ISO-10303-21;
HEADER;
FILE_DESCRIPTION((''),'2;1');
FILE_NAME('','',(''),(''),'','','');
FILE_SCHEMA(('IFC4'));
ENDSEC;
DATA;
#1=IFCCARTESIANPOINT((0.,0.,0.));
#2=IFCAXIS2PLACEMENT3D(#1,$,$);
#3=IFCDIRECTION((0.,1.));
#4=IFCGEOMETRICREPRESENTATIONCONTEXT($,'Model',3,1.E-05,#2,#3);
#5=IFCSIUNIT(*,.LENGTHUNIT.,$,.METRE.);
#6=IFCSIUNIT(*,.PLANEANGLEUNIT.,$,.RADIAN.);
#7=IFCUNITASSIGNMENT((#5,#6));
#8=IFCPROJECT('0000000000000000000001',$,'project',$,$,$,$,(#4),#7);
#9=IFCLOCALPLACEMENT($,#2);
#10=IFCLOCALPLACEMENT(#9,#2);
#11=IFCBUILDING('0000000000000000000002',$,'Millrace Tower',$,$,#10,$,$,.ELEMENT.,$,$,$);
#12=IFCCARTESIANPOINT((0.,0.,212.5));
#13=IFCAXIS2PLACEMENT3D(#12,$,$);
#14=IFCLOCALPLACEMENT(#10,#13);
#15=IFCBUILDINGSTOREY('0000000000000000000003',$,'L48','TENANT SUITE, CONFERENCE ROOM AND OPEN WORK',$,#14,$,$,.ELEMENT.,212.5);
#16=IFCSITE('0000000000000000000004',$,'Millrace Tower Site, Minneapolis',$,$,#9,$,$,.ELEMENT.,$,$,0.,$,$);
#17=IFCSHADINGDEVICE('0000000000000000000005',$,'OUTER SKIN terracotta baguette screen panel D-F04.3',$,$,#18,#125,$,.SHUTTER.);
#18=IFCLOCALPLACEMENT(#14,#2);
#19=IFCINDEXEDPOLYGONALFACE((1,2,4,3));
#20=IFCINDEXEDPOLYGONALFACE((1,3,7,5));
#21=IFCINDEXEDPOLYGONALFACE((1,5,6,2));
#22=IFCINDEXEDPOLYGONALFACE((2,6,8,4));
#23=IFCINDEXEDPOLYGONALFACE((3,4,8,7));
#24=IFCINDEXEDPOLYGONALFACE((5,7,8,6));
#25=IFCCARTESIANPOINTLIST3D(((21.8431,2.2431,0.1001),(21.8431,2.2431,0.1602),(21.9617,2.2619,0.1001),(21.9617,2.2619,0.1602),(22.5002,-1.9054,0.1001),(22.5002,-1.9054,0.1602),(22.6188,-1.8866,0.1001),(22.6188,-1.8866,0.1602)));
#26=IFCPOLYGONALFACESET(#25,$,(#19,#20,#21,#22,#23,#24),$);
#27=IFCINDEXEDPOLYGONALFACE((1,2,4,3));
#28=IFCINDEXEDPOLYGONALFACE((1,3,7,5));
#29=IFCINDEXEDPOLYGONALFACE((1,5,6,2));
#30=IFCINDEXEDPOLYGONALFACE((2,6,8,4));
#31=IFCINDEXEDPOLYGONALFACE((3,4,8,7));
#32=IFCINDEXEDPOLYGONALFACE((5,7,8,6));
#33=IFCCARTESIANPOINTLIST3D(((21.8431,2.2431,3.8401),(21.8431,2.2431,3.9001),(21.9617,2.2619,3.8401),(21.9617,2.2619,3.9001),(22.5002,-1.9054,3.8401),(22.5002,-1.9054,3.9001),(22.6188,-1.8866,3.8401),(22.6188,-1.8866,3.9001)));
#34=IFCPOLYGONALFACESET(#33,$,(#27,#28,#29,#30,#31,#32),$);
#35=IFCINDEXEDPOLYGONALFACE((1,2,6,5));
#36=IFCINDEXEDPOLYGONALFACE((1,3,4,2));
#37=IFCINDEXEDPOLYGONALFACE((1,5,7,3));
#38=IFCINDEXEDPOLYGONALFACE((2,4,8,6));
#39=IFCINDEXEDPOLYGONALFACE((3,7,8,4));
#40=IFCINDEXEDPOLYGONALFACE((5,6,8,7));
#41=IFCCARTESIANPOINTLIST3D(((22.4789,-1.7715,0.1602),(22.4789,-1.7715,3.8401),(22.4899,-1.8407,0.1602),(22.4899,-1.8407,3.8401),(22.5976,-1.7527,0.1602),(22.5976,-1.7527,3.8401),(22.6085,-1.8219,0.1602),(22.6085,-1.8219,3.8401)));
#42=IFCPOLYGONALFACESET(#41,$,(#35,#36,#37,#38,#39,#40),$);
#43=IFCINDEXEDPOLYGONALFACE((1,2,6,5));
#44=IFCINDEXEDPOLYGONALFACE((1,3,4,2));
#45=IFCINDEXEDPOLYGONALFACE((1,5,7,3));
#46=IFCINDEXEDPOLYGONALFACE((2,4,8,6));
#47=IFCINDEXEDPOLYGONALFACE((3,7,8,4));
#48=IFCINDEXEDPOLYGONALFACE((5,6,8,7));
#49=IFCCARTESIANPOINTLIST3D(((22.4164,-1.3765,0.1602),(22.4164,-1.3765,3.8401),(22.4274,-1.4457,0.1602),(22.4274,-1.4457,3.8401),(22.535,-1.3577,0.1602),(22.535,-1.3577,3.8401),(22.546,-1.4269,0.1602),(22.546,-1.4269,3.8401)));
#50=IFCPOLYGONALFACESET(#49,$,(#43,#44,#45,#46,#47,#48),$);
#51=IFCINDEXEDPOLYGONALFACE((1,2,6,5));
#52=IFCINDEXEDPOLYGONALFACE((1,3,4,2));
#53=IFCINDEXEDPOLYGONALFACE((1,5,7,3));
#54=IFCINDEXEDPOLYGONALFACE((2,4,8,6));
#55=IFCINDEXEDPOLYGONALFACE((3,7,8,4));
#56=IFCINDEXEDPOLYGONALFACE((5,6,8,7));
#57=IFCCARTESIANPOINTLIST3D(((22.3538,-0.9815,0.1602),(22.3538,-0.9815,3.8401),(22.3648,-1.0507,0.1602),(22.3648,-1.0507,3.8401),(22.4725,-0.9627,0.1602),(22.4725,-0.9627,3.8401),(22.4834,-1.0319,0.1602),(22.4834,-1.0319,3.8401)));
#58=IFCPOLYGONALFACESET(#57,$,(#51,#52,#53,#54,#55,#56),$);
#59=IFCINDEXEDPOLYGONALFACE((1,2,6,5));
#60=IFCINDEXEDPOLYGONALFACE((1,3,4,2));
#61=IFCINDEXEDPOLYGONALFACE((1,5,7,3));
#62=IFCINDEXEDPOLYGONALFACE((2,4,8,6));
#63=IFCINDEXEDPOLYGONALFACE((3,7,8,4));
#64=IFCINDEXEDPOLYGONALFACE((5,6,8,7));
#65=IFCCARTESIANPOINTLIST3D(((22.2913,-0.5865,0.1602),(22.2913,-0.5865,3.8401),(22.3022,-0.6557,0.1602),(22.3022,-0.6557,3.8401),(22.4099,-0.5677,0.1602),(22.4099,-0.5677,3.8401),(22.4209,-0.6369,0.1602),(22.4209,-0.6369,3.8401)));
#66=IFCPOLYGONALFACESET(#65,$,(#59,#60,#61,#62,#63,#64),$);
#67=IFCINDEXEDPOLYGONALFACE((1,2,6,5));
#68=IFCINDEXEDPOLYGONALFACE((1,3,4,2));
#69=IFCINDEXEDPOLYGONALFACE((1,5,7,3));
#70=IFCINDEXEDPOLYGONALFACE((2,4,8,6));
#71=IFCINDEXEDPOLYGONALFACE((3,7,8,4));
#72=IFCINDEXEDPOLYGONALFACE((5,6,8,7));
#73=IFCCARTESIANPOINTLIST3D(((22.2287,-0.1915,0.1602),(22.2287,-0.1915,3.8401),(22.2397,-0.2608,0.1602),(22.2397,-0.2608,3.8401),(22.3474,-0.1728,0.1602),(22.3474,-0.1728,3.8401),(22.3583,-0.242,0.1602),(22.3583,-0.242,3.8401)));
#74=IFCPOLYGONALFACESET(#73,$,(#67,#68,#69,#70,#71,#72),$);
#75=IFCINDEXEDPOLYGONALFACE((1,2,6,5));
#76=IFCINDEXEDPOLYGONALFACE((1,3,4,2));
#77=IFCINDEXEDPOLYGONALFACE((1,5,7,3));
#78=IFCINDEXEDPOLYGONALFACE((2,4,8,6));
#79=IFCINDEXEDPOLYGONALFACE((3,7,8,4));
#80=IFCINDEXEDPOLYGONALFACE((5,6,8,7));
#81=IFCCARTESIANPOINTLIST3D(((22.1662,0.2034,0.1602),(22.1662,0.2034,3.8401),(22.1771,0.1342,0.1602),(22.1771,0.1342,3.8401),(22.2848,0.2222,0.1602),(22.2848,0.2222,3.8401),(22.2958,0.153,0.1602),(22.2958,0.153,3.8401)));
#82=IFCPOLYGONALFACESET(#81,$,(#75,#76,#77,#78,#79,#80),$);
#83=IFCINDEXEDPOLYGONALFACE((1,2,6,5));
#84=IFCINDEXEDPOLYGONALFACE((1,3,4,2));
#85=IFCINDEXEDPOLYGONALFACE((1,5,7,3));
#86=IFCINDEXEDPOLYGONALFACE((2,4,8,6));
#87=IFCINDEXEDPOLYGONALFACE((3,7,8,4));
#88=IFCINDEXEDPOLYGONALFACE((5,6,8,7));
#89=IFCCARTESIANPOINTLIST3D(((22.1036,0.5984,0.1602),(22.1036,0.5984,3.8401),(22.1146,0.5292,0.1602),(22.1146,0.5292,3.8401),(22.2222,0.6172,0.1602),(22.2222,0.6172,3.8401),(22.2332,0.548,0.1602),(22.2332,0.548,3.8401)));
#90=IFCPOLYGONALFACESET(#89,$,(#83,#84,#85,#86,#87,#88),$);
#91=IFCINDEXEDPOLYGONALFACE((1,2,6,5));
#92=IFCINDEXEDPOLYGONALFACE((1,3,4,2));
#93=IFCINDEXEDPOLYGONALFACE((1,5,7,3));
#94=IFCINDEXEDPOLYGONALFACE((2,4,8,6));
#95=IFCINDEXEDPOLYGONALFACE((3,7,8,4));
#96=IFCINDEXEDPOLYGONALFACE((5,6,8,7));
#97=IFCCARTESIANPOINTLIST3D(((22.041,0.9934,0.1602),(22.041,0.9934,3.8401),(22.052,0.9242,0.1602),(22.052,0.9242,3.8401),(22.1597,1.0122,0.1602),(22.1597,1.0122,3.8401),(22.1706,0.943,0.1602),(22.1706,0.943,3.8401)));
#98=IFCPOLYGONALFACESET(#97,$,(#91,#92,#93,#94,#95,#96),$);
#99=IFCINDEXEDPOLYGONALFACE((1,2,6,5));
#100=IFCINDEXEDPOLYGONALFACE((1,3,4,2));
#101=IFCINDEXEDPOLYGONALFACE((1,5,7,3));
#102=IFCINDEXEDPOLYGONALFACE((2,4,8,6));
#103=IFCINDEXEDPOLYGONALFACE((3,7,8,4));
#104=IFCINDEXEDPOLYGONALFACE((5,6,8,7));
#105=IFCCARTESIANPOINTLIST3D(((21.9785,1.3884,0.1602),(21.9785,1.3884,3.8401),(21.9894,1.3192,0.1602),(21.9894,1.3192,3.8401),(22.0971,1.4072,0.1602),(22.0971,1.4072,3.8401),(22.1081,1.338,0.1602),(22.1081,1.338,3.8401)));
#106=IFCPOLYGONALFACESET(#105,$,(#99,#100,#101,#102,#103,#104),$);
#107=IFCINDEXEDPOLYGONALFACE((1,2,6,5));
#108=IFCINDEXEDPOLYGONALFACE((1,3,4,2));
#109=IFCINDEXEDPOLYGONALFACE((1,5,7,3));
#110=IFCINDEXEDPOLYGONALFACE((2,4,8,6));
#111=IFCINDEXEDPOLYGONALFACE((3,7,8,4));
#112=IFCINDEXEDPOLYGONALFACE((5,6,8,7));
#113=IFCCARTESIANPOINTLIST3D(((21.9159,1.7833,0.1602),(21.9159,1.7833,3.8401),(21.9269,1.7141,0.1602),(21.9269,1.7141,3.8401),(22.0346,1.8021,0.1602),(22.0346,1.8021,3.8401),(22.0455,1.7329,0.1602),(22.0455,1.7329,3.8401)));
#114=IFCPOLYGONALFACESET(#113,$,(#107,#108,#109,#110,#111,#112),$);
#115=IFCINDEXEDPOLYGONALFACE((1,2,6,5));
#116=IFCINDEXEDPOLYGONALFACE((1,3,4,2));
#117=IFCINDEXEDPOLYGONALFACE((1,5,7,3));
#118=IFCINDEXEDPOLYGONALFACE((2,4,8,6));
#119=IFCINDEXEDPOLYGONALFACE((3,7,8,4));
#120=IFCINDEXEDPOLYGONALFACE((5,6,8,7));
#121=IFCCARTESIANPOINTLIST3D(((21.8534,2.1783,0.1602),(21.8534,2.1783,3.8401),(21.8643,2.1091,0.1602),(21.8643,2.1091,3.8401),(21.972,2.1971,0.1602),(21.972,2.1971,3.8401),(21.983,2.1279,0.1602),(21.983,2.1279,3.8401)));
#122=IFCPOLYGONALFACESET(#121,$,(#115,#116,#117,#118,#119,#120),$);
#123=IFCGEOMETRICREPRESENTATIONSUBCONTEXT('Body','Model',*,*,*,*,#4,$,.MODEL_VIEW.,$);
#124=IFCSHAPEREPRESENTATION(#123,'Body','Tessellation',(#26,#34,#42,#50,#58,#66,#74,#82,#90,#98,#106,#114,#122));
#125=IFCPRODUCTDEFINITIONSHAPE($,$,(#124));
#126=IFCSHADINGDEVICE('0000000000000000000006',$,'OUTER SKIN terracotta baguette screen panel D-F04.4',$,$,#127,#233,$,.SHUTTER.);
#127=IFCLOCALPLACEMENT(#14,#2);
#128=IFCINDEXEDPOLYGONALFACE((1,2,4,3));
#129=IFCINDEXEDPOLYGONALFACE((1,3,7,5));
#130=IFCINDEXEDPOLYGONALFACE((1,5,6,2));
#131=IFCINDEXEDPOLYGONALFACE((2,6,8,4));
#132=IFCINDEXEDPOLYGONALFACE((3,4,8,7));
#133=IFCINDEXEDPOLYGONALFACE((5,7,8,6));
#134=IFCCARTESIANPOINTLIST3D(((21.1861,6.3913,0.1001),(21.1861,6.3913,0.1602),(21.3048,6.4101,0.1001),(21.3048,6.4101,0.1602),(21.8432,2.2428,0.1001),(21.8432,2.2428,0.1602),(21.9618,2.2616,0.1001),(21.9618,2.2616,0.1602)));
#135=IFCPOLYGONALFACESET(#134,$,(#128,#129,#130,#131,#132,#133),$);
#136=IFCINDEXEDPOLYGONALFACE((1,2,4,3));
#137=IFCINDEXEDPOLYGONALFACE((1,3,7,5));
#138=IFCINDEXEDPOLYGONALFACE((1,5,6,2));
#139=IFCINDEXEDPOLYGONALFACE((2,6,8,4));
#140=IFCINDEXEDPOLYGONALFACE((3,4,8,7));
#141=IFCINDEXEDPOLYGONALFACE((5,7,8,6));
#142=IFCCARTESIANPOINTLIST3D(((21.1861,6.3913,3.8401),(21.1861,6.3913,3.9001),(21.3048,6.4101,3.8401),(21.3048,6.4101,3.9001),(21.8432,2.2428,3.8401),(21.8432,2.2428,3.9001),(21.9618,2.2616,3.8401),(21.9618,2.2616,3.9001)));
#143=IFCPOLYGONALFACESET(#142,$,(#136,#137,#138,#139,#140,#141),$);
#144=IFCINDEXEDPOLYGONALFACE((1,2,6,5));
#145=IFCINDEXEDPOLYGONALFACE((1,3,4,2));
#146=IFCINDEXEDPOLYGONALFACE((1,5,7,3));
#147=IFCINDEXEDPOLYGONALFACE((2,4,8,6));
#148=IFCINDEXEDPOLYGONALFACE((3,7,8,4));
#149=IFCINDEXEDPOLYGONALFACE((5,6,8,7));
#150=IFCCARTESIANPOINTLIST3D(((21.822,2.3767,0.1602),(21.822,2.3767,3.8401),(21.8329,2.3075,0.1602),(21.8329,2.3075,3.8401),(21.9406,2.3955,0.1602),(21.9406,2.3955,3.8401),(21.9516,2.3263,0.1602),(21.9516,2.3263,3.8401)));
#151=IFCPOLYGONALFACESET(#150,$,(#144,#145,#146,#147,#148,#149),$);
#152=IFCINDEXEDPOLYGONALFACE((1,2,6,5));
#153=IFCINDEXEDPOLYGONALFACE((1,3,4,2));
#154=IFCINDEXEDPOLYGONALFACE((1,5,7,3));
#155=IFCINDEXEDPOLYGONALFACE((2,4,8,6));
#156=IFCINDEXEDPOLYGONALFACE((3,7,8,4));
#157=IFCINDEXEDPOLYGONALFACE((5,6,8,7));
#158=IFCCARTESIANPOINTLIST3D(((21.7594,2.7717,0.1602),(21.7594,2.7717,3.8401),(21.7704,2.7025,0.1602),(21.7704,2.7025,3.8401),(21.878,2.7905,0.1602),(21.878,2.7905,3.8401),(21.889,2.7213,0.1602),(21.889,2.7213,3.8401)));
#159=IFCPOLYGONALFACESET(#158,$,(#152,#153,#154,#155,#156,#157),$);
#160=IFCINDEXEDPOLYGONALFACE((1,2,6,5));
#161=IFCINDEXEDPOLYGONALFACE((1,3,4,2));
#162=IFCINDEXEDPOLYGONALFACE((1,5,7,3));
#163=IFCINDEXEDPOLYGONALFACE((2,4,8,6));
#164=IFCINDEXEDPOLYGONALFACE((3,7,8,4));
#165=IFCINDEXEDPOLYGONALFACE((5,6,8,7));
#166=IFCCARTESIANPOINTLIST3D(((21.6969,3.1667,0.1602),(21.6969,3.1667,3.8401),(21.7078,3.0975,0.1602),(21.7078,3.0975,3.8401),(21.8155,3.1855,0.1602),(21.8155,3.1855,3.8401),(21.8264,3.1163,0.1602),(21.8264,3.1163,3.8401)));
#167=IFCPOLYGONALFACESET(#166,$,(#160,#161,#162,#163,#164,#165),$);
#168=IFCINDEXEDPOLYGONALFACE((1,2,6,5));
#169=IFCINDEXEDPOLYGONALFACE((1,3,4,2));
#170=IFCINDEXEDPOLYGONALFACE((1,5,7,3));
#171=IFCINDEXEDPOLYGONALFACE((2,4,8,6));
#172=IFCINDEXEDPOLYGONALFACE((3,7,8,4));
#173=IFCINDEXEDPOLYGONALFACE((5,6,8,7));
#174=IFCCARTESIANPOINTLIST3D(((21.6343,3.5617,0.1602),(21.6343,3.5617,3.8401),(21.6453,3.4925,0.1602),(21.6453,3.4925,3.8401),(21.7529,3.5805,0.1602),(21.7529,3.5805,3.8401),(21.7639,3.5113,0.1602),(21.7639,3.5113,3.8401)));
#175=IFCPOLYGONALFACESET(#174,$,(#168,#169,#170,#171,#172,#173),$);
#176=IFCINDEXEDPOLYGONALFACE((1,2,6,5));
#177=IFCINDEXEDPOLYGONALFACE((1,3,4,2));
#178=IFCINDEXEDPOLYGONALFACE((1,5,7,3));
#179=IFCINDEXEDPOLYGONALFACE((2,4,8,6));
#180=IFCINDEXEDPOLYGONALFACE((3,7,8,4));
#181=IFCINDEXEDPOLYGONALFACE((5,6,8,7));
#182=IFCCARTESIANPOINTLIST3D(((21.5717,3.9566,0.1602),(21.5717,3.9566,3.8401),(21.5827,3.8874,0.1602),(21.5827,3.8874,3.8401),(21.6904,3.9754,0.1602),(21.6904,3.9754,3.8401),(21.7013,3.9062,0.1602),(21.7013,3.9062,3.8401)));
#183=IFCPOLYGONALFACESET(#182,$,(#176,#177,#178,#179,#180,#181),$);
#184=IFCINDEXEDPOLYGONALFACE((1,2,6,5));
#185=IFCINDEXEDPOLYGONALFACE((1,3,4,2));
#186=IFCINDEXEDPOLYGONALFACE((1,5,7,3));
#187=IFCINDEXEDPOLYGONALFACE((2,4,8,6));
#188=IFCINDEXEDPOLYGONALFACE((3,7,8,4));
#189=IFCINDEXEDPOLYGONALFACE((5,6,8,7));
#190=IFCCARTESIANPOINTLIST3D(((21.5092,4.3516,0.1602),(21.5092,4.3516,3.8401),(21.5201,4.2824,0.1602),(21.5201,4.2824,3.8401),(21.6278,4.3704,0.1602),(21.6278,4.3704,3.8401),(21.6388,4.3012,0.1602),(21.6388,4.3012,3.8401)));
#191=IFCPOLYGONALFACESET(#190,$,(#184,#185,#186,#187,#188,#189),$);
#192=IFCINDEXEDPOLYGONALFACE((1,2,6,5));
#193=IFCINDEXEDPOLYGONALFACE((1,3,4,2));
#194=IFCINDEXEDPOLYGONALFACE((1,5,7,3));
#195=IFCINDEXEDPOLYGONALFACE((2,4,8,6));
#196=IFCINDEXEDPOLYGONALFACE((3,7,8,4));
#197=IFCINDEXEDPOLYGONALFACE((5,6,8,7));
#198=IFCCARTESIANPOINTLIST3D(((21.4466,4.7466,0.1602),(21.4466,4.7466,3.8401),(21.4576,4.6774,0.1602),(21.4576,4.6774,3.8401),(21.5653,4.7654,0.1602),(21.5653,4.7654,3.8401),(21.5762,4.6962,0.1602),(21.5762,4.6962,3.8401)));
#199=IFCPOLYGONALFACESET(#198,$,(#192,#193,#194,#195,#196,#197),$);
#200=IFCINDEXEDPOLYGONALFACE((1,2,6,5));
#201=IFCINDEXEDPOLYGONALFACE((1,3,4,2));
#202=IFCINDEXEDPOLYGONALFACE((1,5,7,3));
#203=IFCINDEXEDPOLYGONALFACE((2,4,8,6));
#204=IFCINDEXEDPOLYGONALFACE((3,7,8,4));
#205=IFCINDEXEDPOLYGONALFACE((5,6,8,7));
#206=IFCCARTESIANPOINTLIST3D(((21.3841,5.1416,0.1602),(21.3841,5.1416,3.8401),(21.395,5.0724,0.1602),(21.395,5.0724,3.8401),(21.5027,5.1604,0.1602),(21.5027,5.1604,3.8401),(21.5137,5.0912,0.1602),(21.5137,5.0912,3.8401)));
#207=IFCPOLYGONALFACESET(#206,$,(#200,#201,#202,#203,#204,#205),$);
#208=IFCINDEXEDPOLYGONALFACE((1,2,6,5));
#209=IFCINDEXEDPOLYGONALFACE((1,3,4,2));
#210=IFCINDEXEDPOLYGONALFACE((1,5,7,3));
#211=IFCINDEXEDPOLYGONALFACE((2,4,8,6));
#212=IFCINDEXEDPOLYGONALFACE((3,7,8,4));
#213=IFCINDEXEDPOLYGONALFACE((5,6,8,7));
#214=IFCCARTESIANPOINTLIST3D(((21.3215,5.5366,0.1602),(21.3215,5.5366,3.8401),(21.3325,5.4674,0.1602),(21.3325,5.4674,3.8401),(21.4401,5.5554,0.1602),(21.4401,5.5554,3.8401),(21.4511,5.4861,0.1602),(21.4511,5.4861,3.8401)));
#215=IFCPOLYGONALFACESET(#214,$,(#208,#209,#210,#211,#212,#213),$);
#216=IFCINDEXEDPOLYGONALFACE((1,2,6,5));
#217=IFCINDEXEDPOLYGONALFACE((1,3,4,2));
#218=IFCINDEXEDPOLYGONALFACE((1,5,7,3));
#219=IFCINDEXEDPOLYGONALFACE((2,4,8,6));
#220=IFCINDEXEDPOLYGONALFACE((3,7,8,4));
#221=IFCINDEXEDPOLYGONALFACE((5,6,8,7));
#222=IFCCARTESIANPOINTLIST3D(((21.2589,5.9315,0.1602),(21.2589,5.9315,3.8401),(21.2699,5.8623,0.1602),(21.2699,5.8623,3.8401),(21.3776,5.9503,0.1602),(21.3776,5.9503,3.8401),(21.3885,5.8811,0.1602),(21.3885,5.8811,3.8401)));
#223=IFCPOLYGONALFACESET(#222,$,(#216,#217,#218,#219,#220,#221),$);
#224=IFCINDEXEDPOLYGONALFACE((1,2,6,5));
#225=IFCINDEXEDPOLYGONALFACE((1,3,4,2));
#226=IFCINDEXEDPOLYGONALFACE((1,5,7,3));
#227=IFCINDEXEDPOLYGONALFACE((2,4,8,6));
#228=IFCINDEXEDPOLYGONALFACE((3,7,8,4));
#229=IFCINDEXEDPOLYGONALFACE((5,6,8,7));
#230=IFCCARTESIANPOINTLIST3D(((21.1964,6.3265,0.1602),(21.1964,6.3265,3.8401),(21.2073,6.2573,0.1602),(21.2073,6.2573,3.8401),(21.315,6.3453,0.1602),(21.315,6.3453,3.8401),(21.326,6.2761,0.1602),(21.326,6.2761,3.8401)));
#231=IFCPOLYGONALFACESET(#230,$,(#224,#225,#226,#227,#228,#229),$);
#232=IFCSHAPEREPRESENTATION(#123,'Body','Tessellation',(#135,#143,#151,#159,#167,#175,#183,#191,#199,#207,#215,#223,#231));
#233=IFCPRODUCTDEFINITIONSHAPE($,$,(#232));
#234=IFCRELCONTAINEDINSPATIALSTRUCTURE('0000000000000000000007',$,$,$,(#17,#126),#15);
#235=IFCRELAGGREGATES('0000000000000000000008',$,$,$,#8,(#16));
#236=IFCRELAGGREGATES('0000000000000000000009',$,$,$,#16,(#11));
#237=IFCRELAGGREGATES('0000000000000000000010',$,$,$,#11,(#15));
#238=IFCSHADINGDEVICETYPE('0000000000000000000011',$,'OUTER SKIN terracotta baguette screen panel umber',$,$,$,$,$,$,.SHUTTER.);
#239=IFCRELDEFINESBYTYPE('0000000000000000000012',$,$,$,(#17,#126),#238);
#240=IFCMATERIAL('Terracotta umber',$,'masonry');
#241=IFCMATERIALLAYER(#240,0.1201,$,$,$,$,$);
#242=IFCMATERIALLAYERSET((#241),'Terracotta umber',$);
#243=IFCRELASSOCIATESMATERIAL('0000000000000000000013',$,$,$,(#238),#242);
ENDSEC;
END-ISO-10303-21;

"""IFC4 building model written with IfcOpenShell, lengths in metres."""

from ifc_helpers import new_model, entity, si_unit, direction, frame, frame_2d, origin, origin_2d, place, context, subcontext, project, spatial, rectangle, extrude, source, transform, mapped, material, layer, layer_set, type_object, element, save


model = new_model("IFC4")

# Units and contexts
model_context = context("Model", 3, precision=1e-05, world=origin(), true_north=direction((0.0, 1.0)))
body_context = subcontext(model_context, "Body", "Model", "MODEL_VIEW")
ifc_project = project(units=[si_unit("LENGTHUNIT", "METRE"), si_unit("PLANEANGLEUNIT", "RADIAN")], contexts=[model_context])

# Site, building, storey
site_placement = place(None, origin())
site = spatial("IfcSite", under=ifc_project, at=site_placement, Name="Millrace Tower Site, Minneapolis", CompositionType="ELEMENT", RefElevation=0.0)
building_placement = place(site_placement, origin())
building = spatial("IfcBuilding", under=site, at=building_placement, Name="Millrace Tower", CompositionType="ELEMENT")
storey_placement = place(building_placement, frame((0.0, 0.0, 212.5)))
storey = spatial("IfcBuildingStorey", under=building, at=storey_placement, Name="L48", Description="TENANT SUITE, CONFERENCE ROOM AND OPEN WORK", CompositionType="ELEMENT", Elevation=212.5)

# Shading devices
ifc_material_1 = material(Name="Terracotta umber", Category="masonry")
ifc_layer_1 = layer(ifc_material_1, 0.1201)
ifc_layer_set_1 = layer_set([ifc_layer_1], Name="Terracotta umber")
shading_device_type = type_object("IfcShadingDeviceType", Name="OUTER SKIN terracotta baguette screen panel umber", PredefinedType="SHUTTER", material=ifc_layer_set_1)
cartesian_point = entity("IfcCartesianPoint", [-2.1001, 0.0601])
shared_polyline = entity("IfcPolyline", [cartesian_point, entity("IfcCartesianPoint", [2.1001, 0.0601]), entity("IfcCartesianPoint", [2.1001, -0.0601]), entity("IfcCartesianPoint", [-2.1001, -0.0601]), cartesian_point])
shared_shape = source(origin(), body_context, "Body", "SweptSolid", [
    entity("IfcExtrudedAreaSolid", entity("IfcArbitraryClosedProfileDef", "AREA", None, shared_polyline), entity("IfcAxis2Placement3D", entity("IfcCartesianPoint", [0.0, 0.0, 0.0])), entity("IfcDirection", [0.0, 0.0, 1.0]), 0.0601),
    entity("IfcExtrudedAreaSolid", entity("IfcArbitraryClosedProfileDef", "AREA", None, shared_polyline), entity("IfcAxis2Placement3D", entity("IfcCartesianPoint", [0.0, 0.0, 3.74])), entity("IfcDirection", [0.0, 0.0, 1.0]), 0.0601),
    extrude(rectangle(XDim=0.0701, YDim=0.1201, at=frame_2d((-1.9995, 0.0))), frame((0.0, 0.0, 0.0601)), (0.0, 0.0, 1.0), 3.6799),
    extrude(rectangle(XDim=0.0701, YDim=0.1201, at=frame_2d((-1.5996, 0.0))), frame((0.0, 0.0, 0.0601)), (0.0, 0.0, 1.0), 3.6799),
    extrude(rectangle(XDim=0.0701, YDim=0.1201, at=frame_2d((-1.1997, 0.0))), frame((0.0, 0.0, 0.0601)), (0.0, 0.0, 1.0), 3.6799),
    extrude(rectangle(XDim=0.0701, YDim=0.1201, at=frame_2d((-0.7998, 0.0))), frame((0.0, 0.0, 0.0601)), (0.0, 0.0, 1.0), 3.6799),
    extrude(rectangle(XDim=0.0701, YDim=0.1201, at=frame_2d((-0.3999, 0.0))), frame((0.0, 0.0, 0.0601)), (0.0, 0.0, 1.0), 3.6799),
    extrude(rectangle(XDim=0.0701, YDim=0.1201, at=origin_2d()), frame((0.0, 0.0, 0.0601)), (0.0, 0.0, 1.0), 3.6799),
    extrude(rectangle(XDim=0.0701, YDim=0.1201, at=frame_2d((0.3999, 0.0))), frame((0.0, 0.0, 0.0601)), (0.0, 0.0, 1.0), 3.6799),
    extrude(rectangle(XDim=0.0701, YDim=0.1201, at=frame_2d((0.7998, 0.0))), frame((0.0, 0.0, 0.0601)), (0.0, 0.0, 1.0), 3.6799),
    extrude(rectangle(XDim=0.0701, YDim=0.1201, at=frame_2d((1.1997, 0.0))), frame((0.0, 0.0, 0.0601)), (0.0, 0.0, 1.0), 3.6799),
    extrude(rectangle(XDim=0.0701, YDim=0.1201, at=frame_2d((1.5996, 0.0))), frame((0.0, 0.0, 0.0601)), (0.0, 0.0, 1.0), 3.6799),
    extrude(rectangle(XDim=0.0701, YDim=0.1201, at=frame_2d((1.9995, 0.0))), frame((0.0, 0.0, 0.0601)), (0.0, 0.0, 1.0), 3.6799),
])
for number, where, z_axis, x_axis, name in (
    (1, (22.231, 0.1782, 0.1001), (0.0, 0.0, 1.0), (-0.156434, 0.987688, 0.0), "OUTER SKIN terracotta baguette screen panel D-F04.3"),
    (2, (21.574, 4.3264, 0.1001), (0.0, 0.0, 1.0), (-0.156434, 0.987688, 0.0), "OUTER SKIN terracotta baguette screen panel D-F04.4"),
):
    element("IfcShadingDevice", number, at=place(storey_placement, frame(where, z_axis=z_axis, x_axis=x_axis)), inside=storey, type_object=shading_device_type, Name=name, PredefinedType="SHUTTER", context=body_context, shape_type="MappedRepresentation", body=[
        mapped(shared_shape, transform((0.0, 0.0, 0.0), scale=1.0)),
    ])

save(model, "model.ifc")
